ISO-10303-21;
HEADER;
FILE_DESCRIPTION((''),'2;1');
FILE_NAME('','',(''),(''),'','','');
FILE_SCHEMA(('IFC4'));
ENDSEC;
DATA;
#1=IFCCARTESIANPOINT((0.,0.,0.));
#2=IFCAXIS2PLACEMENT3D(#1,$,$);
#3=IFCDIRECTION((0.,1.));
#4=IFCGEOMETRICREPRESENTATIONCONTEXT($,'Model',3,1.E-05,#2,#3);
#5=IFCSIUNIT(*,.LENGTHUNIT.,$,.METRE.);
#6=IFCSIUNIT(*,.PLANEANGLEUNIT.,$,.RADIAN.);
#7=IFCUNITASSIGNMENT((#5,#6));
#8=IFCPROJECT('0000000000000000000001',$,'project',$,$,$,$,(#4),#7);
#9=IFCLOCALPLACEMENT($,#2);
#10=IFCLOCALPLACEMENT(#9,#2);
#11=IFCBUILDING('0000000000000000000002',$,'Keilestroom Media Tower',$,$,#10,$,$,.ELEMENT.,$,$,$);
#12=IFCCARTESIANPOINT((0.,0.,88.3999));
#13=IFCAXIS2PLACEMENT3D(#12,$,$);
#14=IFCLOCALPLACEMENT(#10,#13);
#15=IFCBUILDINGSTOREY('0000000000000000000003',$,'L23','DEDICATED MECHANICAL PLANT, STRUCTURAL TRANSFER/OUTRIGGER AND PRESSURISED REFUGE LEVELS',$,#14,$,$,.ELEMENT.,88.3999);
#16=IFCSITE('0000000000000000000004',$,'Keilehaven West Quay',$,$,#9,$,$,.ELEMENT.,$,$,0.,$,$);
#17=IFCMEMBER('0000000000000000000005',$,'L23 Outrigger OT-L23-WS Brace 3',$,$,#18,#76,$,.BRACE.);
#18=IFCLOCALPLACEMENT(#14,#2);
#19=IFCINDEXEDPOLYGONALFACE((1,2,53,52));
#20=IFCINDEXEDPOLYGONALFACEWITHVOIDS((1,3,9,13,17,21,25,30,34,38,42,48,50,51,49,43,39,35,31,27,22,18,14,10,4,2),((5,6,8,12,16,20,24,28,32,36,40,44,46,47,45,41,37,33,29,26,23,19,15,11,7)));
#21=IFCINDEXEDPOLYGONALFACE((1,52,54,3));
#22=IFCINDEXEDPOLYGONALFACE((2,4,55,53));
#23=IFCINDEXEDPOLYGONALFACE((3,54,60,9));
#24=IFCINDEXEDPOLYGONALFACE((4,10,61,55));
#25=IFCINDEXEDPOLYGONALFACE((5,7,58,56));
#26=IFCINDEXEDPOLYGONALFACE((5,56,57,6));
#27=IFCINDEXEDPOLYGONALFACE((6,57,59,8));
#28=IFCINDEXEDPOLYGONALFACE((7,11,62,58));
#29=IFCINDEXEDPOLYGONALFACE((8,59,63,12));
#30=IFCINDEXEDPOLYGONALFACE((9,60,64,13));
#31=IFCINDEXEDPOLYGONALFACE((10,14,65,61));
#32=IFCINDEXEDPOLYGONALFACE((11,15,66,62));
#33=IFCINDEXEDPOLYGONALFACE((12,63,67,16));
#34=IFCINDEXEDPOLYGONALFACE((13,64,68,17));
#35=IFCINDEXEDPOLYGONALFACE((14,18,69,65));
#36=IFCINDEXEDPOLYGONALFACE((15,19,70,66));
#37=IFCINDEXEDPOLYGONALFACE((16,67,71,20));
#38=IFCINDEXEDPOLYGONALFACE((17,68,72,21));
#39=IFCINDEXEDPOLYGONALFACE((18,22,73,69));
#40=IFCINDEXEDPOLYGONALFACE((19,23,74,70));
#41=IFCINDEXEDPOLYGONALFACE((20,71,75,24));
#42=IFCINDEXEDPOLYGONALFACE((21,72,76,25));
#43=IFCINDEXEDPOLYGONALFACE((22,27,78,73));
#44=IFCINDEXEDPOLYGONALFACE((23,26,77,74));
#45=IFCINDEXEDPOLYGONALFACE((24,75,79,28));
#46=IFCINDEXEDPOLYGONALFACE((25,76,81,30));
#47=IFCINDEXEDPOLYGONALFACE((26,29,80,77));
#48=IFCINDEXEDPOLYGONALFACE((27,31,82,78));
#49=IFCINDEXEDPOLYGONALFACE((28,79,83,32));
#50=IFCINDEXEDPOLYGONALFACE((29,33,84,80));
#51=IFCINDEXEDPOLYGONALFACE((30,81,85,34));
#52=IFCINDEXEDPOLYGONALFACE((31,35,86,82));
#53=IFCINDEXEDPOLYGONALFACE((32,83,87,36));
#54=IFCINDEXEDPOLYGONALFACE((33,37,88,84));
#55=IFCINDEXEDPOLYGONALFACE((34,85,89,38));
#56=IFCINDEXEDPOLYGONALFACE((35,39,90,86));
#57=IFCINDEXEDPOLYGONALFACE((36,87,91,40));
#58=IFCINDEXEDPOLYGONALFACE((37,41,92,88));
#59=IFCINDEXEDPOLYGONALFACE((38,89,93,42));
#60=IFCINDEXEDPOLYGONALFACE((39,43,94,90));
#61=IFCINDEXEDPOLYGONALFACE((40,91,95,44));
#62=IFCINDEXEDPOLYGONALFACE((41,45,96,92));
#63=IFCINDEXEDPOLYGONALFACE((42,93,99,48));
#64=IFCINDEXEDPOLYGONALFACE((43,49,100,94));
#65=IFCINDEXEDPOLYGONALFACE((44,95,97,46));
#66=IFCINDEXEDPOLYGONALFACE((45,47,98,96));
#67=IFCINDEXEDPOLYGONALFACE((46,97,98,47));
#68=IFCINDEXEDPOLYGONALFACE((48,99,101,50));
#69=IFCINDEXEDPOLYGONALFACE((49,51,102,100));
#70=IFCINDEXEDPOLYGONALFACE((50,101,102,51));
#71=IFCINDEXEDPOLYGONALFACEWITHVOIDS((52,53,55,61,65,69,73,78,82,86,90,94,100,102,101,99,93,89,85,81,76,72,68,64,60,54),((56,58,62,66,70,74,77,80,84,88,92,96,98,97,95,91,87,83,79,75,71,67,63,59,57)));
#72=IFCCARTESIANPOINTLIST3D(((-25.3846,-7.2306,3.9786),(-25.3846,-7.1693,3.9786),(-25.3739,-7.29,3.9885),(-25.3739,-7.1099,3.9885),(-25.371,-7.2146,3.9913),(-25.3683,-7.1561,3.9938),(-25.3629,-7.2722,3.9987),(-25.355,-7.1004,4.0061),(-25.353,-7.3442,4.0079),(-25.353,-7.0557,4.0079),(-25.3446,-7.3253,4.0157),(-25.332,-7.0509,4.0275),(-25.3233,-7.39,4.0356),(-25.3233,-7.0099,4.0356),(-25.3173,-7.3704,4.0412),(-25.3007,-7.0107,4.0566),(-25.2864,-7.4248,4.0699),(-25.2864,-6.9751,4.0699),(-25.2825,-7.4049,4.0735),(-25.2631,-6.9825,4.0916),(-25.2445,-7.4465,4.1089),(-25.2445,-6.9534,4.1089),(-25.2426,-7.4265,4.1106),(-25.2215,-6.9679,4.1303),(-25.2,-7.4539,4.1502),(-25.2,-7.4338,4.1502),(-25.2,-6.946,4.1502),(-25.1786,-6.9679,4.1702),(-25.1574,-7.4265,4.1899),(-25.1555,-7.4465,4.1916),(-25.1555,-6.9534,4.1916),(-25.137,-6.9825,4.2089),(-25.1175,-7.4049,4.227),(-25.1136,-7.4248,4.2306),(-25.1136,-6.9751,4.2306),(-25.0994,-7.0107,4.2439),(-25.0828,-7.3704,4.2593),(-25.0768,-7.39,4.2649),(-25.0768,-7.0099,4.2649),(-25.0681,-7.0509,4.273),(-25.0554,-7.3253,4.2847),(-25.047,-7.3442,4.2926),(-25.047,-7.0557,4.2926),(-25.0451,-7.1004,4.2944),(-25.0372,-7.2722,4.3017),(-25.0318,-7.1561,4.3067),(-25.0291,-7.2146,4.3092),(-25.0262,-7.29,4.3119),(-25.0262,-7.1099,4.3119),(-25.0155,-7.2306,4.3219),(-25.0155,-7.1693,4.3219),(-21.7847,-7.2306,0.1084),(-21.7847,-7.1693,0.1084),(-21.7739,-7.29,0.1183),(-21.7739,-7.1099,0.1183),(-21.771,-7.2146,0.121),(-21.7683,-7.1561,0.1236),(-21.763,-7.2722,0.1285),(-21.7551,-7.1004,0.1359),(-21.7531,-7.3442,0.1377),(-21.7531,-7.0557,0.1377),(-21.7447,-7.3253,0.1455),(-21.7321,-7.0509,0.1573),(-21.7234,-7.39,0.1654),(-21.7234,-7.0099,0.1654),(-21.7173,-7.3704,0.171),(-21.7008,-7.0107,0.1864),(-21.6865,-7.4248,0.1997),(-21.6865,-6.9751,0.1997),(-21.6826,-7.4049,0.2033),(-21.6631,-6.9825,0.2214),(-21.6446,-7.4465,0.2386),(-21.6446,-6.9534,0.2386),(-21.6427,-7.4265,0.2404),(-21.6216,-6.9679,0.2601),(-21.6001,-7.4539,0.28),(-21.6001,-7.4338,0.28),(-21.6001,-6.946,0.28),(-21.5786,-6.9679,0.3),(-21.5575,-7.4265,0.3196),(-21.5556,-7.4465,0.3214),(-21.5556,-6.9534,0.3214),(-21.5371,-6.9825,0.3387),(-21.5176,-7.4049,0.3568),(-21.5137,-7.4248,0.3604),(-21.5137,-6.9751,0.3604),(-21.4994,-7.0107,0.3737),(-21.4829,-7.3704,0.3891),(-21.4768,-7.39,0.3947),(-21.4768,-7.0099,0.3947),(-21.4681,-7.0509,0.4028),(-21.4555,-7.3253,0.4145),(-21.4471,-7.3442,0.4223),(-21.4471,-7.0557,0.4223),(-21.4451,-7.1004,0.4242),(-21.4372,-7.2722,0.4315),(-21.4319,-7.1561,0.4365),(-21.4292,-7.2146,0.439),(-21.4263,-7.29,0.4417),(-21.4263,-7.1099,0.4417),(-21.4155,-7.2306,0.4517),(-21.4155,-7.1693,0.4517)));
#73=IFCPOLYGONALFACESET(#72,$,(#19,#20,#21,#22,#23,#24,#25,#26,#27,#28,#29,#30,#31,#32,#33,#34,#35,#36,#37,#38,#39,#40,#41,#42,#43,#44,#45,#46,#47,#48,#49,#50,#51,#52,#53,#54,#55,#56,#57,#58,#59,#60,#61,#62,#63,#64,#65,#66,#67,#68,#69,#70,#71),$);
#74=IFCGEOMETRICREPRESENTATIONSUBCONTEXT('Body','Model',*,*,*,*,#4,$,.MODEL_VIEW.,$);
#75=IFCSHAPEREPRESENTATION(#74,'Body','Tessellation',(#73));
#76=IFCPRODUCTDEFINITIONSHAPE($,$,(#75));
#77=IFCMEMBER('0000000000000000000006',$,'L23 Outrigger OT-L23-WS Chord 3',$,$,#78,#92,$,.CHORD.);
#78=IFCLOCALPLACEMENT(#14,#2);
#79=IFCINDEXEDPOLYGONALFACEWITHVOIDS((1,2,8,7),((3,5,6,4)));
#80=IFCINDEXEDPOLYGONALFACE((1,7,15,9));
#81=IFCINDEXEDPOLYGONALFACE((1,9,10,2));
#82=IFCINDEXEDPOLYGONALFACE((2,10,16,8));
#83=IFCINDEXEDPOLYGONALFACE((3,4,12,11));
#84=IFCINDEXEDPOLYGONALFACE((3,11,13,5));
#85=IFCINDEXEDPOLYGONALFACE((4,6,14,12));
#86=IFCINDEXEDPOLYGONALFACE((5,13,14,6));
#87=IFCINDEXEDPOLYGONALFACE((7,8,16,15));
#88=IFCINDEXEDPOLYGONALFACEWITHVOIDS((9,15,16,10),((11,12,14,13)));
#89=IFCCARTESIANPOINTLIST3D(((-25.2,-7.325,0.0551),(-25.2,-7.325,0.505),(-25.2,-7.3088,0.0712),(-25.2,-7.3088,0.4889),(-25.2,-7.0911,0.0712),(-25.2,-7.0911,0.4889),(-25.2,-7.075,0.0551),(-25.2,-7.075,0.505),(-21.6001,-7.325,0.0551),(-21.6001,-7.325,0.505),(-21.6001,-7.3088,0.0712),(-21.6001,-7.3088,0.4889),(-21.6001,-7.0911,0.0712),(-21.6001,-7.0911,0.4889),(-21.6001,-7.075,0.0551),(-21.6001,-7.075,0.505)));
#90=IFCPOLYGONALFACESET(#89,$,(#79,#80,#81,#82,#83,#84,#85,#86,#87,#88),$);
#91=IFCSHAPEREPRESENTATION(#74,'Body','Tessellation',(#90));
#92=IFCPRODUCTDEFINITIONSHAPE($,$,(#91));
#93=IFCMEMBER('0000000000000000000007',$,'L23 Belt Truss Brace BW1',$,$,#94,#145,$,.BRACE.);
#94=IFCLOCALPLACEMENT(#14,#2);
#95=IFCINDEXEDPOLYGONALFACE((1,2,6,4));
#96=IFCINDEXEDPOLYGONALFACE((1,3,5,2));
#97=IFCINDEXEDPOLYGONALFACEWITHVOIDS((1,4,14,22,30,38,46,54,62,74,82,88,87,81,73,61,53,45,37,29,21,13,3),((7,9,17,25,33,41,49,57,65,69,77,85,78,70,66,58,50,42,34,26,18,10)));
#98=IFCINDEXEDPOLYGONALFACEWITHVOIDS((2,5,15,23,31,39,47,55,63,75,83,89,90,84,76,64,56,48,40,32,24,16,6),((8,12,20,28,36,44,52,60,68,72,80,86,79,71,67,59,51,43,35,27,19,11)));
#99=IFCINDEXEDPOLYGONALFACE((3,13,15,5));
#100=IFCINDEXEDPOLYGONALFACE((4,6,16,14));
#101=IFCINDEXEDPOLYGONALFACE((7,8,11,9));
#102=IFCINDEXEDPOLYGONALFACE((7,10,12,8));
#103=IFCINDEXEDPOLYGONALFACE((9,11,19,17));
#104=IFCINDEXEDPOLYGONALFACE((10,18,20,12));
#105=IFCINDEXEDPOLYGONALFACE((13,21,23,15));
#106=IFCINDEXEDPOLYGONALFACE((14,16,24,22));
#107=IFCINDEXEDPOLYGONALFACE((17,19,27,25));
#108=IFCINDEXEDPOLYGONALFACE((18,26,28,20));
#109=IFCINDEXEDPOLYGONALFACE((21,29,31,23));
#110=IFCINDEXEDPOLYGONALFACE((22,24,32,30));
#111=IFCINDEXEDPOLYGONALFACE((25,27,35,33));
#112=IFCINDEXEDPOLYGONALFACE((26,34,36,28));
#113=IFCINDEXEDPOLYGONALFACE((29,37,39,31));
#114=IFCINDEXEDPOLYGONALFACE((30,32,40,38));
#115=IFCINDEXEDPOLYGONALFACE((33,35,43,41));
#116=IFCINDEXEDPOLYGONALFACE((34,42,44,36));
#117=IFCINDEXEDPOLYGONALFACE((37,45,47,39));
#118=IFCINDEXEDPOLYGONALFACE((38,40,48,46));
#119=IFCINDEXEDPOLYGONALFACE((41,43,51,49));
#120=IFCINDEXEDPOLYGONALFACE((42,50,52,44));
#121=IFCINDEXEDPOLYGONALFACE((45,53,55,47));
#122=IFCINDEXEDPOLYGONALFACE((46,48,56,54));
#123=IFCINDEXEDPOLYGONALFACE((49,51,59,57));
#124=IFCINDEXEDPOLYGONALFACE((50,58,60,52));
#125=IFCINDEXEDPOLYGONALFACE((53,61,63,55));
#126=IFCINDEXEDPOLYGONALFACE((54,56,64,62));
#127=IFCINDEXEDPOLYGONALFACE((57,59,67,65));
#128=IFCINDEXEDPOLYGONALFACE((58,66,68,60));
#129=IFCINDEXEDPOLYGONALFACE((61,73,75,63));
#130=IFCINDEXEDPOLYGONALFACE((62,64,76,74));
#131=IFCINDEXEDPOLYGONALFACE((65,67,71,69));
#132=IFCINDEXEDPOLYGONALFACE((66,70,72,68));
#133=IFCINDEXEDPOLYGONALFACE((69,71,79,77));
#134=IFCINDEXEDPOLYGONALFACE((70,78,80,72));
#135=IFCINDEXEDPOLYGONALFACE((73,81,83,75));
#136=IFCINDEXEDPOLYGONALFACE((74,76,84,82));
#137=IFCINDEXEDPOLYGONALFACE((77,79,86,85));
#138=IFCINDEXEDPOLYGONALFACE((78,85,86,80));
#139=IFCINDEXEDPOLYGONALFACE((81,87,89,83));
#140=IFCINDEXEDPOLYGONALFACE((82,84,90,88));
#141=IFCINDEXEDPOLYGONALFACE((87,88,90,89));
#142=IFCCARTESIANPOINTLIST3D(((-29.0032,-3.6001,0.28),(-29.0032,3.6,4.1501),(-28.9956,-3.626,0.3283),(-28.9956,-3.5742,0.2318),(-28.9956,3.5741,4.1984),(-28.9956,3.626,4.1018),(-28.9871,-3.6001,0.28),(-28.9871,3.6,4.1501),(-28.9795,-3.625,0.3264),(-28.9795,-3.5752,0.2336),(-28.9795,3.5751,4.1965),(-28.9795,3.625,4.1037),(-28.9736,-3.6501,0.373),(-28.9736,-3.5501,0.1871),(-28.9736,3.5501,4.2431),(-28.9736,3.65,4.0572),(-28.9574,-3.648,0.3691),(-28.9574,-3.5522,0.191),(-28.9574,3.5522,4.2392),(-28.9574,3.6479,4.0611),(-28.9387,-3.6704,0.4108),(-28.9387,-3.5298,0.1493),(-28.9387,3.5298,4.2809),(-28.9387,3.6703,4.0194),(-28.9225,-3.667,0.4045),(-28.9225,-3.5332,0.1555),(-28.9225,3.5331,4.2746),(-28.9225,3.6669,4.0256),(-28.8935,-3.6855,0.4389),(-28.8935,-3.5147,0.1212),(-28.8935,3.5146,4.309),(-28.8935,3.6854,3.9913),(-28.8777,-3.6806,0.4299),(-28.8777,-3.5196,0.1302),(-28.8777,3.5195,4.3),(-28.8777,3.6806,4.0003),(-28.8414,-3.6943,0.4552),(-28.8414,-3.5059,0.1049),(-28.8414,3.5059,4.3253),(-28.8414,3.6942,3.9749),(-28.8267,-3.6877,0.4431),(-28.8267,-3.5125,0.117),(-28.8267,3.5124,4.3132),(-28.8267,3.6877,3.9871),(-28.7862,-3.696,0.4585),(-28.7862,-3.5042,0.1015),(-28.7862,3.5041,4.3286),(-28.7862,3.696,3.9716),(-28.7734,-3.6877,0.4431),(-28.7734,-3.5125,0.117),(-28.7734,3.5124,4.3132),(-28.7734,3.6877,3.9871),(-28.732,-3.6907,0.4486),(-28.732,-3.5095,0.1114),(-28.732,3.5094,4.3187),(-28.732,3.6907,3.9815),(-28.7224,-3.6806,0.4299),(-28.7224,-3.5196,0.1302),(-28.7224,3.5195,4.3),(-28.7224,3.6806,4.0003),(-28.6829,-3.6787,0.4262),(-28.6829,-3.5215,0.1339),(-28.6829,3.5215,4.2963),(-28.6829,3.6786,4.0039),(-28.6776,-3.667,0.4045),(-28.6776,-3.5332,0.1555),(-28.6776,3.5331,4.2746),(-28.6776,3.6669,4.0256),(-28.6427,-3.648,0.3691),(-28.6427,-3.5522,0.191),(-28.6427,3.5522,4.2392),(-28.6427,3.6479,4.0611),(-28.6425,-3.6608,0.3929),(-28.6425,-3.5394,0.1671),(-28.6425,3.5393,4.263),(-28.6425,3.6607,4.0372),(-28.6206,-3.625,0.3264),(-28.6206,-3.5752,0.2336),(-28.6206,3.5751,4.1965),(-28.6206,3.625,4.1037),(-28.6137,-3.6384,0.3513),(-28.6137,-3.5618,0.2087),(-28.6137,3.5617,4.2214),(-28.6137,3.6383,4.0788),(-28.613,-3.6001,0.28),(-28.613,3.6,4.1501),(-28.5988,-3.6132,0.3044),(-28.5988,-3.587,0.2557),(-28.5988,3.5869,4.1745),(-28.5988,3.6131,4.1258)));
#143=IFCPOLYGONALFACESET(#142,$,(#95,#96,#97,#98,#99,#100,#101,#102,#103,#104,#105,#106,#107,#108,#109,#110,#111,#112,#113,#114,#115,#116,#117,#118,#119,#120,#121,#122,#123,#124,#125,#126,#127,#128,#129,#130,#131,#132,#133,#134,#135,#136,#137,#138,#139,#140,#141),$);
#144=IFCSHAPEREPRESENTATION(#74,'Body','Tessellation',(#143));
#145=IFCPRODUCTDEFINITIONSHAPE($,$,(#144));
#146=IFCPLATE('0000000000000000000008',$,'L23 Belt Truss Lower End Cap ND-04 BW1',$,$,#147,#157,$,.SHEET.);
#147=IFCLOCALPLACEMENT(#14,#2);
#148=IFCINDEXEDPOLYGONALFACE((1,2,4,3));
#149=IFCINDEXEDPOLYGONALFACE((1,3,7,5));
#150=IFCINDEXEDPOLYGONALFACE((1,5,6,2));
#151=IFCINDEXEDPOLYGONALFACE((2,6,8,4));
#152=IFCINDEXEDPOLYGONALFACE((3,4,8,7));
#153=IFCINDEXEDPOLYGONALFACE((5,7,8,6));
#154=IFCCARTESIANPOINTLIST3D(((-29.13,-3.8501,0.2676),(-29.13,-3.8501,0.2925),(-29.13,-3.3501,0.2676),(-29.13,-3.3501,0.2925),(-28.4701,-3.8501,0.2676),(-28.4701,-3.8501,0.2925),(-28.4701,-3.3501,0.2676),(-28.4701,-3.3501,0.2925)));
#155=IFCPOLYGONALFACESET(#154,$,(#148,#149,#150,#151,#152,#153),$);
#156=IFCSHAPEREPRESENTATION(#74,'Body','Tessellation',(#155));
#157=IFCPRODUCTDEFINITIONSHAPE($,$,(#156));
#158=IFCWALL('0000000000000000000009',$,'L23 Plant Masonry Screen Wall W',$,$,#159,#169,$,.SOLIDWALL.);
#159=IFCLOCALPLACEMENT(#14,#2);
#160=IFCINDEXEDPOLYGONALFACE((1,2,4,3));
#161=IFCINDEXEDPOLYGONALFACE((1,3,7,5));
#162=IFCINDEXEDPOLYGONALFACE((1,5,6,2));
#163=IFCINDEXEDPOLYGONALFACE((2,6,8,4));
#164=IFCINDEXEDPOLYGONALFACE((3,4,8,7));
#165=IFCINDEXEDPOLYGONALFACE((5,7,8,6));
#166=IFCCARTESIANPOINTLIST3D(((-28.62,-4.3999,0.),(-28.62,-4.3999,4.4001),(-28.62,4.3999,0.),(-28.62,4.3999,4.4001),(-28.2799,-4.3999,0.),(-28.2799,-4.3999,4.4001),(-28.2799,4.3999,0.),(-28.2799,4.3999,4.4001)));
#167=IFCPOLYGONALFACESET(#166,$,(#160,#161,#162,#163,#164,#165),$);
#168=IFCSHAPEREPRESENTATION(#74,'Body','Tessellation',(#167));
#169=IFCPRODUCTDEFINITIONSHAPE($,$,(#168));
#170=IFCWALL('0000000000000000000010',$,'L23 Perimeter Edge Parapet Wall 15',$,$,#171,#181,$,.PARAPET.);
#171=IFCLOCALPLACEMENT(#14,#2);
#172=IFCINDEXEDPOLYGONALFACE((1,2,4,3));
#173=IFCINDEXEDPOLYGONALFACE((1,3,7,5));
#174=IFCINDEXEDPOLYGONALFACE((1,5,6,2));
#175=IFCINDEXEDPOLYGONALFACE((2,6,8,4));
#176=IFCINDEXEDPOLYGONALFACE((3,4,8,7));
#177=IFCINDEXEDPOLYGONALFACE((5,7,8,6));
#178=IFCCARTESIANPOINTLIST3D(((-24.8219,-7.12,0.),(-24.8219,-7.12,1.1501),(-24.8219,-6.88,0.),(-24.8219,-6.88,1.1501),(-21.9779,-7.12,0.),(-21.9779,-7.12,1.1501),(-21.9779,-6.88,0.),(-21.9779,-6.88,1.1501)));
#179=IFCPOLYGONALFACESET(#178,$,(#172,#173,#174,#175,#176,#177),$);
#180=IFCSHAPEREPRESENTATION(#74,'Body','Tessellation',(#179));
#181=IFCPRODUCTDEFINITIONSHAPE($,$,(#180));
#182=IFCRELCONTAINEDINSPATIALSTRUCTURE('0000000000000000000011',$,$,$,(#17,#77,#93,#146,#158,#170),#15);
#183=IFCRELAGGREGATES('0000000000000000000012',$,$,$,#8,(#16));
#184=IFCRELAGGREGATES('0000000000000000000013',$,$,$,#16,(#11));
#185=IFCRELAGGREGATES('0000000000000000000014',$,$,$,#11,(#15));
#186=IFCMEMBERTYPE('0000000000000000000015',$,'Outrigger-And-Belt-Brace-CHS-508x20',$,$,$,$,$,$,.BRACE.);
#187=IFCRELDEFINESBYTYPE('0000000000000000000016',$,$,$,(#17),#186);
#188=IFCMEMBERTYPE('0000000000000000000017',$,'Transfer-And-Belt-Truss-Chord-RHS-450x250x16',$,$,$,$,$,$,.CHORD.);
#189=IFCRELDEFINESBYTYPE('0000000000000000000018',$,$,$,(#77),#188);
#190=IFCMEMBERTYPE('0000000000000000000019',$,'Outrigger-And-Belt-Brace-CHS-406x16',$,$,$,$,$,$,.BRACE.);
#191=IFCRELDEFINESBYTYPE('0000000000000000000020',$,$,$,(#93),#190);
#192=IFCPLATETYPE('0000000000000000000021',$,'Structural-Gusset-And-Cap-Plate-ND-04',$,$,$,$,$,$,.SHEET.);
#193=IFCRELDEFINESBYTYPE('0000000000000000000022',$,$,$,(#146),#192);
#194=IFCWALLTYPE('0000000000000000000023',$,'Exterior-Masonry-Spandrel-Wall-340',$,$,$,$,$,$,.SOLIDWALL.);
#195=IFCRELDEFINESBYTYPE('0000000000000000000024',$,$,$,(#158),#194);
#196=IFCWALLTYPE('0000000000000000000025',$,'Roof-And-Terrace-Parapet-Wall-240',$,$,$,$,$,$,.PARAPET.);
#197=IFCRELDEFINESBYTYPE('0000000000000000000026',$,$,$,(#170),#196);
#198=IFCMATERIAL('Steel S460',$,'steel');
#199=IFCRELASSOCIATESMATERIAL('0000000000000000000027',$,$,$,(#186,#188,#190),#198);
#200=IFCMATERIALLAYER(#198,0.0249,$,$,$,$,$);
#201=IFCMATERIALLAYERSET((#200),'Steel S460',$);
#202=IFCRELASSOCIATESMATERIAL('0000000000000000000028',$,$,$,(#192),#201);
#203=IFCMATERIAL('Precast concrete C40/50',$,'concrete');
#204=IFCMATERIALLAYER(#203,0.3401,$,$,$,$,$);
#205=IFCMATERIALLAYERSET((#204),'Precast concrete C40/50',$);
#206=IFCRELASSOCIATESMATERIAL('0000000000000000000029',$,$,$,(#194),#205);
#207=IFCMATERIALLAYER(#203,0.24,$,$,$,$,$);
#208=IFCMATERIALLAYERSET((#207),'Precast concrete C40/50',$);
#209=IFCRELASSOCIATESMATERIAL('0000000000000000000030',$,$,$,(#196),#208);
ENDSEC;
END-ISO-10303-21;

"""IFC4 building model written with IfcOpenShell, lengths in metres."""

from ifc_helpers import new_model, si_unit, direction, frame, frame_2d, origin, origin_2d, place, context, subcontext, project, spatial, rectangle, hollow_rectangle, hollow_circle, extrude, source, transform, mapped, material, layer, layer_set, material_profile, profile_set, type_object, element, save


model = new_model("IFC4")

# Units and contexts
model_context = context("Model", 3, precision=1e-05, world=origin(), true_north=direction((0.0, 1.0)))
body_context = subcontext(model_context, "Body", "Model", "MODEL_VIEW")
ifc_project = project(units=[si_unit("LENGTHUNIT", "METRE"), si_unit("PLANEANGLEUNIT", "RADIAN")], contexts=[model_context])

# Site, building, storey
site_placement = place(None, origin())
site = spatial("IfcSite", under=ifc_project, at=site_placement, Name="Keilehaven West Quay", CompositionType="ELEMENT", RefElevation=0.0)
building_placement = place(site_placement, origin())
building = spatial("IfcBuilding", under=site, at=building_placement, Name="Keilestroom Media Tower", CompositionType="ELEMENT")
storey_placement = place(building_placement, frame((0.0, 0.0, 88.3999)))
storey = spatial("IfcBuildingStorey", under=building, at=storey_placement, Name="L23", Description="DEDICATED MECHANICAL PLANT, STRUCTURAL TRANSFER/OUTRIGGER AND PRESSURISED REFUGE LEVELS", CompositionType="ELEMENT", Elevation=88.3999)

# Shared definitions
ifc_material_1 = material(Name="Precast concrete C40/50", Category="concrete")
ifc_material_2 = material(Name="Steel S460", Category="steel")

# Members
ifc_material_profile_1 = material_profile(ifc_material_2, hollow_circle(Radius=0.2539, WallThickness=0.02, at=origin_2d()), Name="CHS 508x20")
ifc_profile_set_1 = profile_set([ifc_material_profile_1], Name="Steel S460")
member_type_1 = type_object("IfcMemberType", Name="Outrigger-And-Belt-Brace-CHS-508x20", PredefinedType="BRACE", material=ifc_profile_set_1)
shared_shape_1 = source(origin(), body_context, "Body", "SweptSolid", [
    extrude(hollow_circle(Radius=0.2539, WallThickness=0.02, at=origin_2d()), origin(), (0.0, 0.0, 1.0), 5.2856),
])
member_1_placement = place(storey_placement, frame((-21.6001, -7.2, 0.28), z_axis=(-0.681078, 0.0, 0.732211), x_axis=(0.0, -1.0, 0.0)))
element("IfcMember", 1, at=member_1_placement, inside=storey, type_object=member_type_1, Name="L23 Outrigger OT-L23-WS Brace 3", PredefinedType="BRACE", context=body_context, shape_type="MappedRepresentation", body=[
    mapped(shared_shape_1, transform((0.0, 0.0, 0.0), x_axis=(1.0, 0.0, 0.0), y_axis=(0.0, 1.0, 0.0), z_axis=(0.0, 0.0, 1.0), scale=1.0)),
])
ifc_material_profile_2 = material_profile(ifc_material_2, hollow_rectangle(XDim=0.25, YDim=0.45, WallThickness=0.0161, at=origin_2d()), Name="RHS 450x250x16")
ifc_profile_set_2 = profile_set([ifc_material_profile_2], Name="Steel S460")
member_type_2 = type_object("IfcMemberType", Name="Transfer-And-Belt-Truss-Chord-RHS-450x250x16", PredefinedType="CHORD", material=ifc_profile_set_2)
shared_shape_2 = source(origin(), body_context, "Body", "SweptSolid", [
    extrude(hollow_rectangle(XDim=0.25, YDim=0.45, WallThickness=0.0161, at=origin_2d()), origin(), (0.0, 0.0, 1.0), 3.5999),
])
member_2_placement = place(storey_placement, frame((-21.6001, -7.2, 0.28), z_axis=(-1.0, 0.0, 0.0), x_axis=(0.0, -1.0, 0.0)))
element("IfcMember", 2, at=member_2_placement, inside=storey, type_object=member_type_2, Name="L23 Outrigger OT-L23-WS Chord 3", PredefinedType="CHORD", context=body_context, shape_type="MappedRepresentation", body=[
    mapped(shared_shape_2, transform((0.0, 0.0, 0.0), x_axis=(1.0, 0.0, 0.0), y_axis=(0.0, 1.0, 0.0), z_axis=(0.0, 0.0, 1.0), scale=1.0)),
])
ifc_material_profile_3 = material_profile(ifc_material_2, hollow_circle(Radius=0.2031, WallThickness=0.0161, at=origin_2d()), Name="CHS 406.4x16")
ifc_profile_set_3 = profile_set([ifc_material_profile_3], Name="Steel S460")
member_type_3 = type_object("IfcMemberType", Name="Outrigger-And-Belt-Brace-CHS-406x16", PredefinedType="BRACE", material=ifc_profile_set_3)
shared_shape_3 = source(origin(), body_context, "Body", "SweptSolid", [
    extrude(hollow_circle(Radius=0.2031, WallThickness=0.0161, at=origin_2d()), origin(), (0.0, 0.0, 1.0), 8.1743),
])
member_3_placement = place(storey_placement, frame((-28.8, -3.6001, 0.28), z_axis=(0.0, 0.880824, 0.473444), x_axis=(-1.0, 0.0, 0.0)))
element("IfcMember", 3, at=member_3_placement, inside=storey, type_object=member_type_3, Name="L23 Belt Truss Brace BW1", PredefinedType="BRACE", context=body_context, shape_type="MappedRepresentation", body=[
    mapped(shared_shape_3, transform((0.0, 0.0, 0.0), x_axis=(1.0, 0.0, 0.0), y_axis=(0.0, 1.0, 0.0), z_axis=(0.0, 0.0, 1.0), scale=1.0)),
])

# Plate
ifc_layer_1 = layer(ifc_material_2, 0.0249)
ifc_layer_set_1 = layer_set([ifc_layer_1], Name="Steel S460")
plate_type = type_object("IfcPlateType", Name="Structural-Gusset-And-Cap-Plate-ND-04", PredefinedType="SHEET", material=ifc_layer_set_1)
shared_shape_4 = source(origin(), body_context, "Body", "SweptSolid", [
    extrude(rectangle(XDim=0.6599, YDim=0.5, at=origin_2d()), origin(), (0.0, 0.0, 1.0), 0.0249),
])
plate_placement = place(storey_placement, frame((-28.8, -3.6001, 0.2676), z_axis=(0.0, 0.0, 1.0), x_axis=(1.0, 0.0, 0.0)))
element("IfcPlate", 4, at=plate_placement, inside=storey, type_object=plate_type, Name="L23 Belt Truss Lower End Cap ND-04 BW1", PredefinedType="SHEET", context=body_context, shape_type="MappedRepresentation", body=[
    mapped(shared_shape_4, transform((0.0, 0.0, 0.0), x_axis=(1.0, 0.0, 0.0), y_axis=(0.0, 1.0, 0.0), z_axis=(0.0, 0.0, 1.0), scale=1.0)),
])

# Walls
ifc_layer_2 = layer(ifc_material_1, 0.3401)
ifc_layer_set_2 = layer_set([ifc_layer_2], Name="Precast concrete C40/50")
wall_type_1 = type_object("IfcWallType", Name="Exterior-Masonry-Spandrel-Wall-340", PredefinedType="SOLIDWALL", material=ifc_layer_set_2)
wall_1_placement = place(storey_placement, frame((-28.45, -4.3999, 0.0), z_axis=(0.0, 0.0, 1.0), x_axis=(0.0, 1.0, 0.0)))
element("IfcWall", 5, at=wall_1_placement, inside=storey, type_object=wall_type_1, Name="L23 Plant Masonry Screen Wall W", PredefinedType="SOLIDWALL", context=body_context, shape_type="SweptSolid", body=[
    extrude(rectangle(XDim=8.7998, YDim=0.3401, at=frame_2d((4.3999, 0.0))), origin(), (0.0, 0.0, 1.0), 4.4001),
])
ifc_layer_3 = layer(ifc_material_1, 0.24)
ifc_layer_set_3 = layer_set([ifc_layer_3], Name="Precast concrete C40/50")
wall_type_2 = type_object("IfcWallType", Name="Roof-And-Terrace-Parapet-Wall-240", PredefinedType="PARAPET", material=ifc_layer_set_3)
wall_2_placement = place(storey_placement, frame((-21.978, -7.0, 0.0), z_axis=(0.0, 0.0, 1.0), x_axis=(-1.0, 0.0, 0.0)))
element("IfcWall", 6, at=wall_2_placement, inside=storey, type_object=wall_type_2, Name="L23 Perimeter Edge Parapet Wall 15", PredefinedType="PARAPET", context=body_context, shape_type="SweptSolid", body=[
    extrude(rectangle(XDim=2.844, YDim=0.24, at=frame_2d((1.4219, 0.0))), origin(), (0.0, 0.0, 1.0), 1.1501),
])

save(model, "model.ifc")
